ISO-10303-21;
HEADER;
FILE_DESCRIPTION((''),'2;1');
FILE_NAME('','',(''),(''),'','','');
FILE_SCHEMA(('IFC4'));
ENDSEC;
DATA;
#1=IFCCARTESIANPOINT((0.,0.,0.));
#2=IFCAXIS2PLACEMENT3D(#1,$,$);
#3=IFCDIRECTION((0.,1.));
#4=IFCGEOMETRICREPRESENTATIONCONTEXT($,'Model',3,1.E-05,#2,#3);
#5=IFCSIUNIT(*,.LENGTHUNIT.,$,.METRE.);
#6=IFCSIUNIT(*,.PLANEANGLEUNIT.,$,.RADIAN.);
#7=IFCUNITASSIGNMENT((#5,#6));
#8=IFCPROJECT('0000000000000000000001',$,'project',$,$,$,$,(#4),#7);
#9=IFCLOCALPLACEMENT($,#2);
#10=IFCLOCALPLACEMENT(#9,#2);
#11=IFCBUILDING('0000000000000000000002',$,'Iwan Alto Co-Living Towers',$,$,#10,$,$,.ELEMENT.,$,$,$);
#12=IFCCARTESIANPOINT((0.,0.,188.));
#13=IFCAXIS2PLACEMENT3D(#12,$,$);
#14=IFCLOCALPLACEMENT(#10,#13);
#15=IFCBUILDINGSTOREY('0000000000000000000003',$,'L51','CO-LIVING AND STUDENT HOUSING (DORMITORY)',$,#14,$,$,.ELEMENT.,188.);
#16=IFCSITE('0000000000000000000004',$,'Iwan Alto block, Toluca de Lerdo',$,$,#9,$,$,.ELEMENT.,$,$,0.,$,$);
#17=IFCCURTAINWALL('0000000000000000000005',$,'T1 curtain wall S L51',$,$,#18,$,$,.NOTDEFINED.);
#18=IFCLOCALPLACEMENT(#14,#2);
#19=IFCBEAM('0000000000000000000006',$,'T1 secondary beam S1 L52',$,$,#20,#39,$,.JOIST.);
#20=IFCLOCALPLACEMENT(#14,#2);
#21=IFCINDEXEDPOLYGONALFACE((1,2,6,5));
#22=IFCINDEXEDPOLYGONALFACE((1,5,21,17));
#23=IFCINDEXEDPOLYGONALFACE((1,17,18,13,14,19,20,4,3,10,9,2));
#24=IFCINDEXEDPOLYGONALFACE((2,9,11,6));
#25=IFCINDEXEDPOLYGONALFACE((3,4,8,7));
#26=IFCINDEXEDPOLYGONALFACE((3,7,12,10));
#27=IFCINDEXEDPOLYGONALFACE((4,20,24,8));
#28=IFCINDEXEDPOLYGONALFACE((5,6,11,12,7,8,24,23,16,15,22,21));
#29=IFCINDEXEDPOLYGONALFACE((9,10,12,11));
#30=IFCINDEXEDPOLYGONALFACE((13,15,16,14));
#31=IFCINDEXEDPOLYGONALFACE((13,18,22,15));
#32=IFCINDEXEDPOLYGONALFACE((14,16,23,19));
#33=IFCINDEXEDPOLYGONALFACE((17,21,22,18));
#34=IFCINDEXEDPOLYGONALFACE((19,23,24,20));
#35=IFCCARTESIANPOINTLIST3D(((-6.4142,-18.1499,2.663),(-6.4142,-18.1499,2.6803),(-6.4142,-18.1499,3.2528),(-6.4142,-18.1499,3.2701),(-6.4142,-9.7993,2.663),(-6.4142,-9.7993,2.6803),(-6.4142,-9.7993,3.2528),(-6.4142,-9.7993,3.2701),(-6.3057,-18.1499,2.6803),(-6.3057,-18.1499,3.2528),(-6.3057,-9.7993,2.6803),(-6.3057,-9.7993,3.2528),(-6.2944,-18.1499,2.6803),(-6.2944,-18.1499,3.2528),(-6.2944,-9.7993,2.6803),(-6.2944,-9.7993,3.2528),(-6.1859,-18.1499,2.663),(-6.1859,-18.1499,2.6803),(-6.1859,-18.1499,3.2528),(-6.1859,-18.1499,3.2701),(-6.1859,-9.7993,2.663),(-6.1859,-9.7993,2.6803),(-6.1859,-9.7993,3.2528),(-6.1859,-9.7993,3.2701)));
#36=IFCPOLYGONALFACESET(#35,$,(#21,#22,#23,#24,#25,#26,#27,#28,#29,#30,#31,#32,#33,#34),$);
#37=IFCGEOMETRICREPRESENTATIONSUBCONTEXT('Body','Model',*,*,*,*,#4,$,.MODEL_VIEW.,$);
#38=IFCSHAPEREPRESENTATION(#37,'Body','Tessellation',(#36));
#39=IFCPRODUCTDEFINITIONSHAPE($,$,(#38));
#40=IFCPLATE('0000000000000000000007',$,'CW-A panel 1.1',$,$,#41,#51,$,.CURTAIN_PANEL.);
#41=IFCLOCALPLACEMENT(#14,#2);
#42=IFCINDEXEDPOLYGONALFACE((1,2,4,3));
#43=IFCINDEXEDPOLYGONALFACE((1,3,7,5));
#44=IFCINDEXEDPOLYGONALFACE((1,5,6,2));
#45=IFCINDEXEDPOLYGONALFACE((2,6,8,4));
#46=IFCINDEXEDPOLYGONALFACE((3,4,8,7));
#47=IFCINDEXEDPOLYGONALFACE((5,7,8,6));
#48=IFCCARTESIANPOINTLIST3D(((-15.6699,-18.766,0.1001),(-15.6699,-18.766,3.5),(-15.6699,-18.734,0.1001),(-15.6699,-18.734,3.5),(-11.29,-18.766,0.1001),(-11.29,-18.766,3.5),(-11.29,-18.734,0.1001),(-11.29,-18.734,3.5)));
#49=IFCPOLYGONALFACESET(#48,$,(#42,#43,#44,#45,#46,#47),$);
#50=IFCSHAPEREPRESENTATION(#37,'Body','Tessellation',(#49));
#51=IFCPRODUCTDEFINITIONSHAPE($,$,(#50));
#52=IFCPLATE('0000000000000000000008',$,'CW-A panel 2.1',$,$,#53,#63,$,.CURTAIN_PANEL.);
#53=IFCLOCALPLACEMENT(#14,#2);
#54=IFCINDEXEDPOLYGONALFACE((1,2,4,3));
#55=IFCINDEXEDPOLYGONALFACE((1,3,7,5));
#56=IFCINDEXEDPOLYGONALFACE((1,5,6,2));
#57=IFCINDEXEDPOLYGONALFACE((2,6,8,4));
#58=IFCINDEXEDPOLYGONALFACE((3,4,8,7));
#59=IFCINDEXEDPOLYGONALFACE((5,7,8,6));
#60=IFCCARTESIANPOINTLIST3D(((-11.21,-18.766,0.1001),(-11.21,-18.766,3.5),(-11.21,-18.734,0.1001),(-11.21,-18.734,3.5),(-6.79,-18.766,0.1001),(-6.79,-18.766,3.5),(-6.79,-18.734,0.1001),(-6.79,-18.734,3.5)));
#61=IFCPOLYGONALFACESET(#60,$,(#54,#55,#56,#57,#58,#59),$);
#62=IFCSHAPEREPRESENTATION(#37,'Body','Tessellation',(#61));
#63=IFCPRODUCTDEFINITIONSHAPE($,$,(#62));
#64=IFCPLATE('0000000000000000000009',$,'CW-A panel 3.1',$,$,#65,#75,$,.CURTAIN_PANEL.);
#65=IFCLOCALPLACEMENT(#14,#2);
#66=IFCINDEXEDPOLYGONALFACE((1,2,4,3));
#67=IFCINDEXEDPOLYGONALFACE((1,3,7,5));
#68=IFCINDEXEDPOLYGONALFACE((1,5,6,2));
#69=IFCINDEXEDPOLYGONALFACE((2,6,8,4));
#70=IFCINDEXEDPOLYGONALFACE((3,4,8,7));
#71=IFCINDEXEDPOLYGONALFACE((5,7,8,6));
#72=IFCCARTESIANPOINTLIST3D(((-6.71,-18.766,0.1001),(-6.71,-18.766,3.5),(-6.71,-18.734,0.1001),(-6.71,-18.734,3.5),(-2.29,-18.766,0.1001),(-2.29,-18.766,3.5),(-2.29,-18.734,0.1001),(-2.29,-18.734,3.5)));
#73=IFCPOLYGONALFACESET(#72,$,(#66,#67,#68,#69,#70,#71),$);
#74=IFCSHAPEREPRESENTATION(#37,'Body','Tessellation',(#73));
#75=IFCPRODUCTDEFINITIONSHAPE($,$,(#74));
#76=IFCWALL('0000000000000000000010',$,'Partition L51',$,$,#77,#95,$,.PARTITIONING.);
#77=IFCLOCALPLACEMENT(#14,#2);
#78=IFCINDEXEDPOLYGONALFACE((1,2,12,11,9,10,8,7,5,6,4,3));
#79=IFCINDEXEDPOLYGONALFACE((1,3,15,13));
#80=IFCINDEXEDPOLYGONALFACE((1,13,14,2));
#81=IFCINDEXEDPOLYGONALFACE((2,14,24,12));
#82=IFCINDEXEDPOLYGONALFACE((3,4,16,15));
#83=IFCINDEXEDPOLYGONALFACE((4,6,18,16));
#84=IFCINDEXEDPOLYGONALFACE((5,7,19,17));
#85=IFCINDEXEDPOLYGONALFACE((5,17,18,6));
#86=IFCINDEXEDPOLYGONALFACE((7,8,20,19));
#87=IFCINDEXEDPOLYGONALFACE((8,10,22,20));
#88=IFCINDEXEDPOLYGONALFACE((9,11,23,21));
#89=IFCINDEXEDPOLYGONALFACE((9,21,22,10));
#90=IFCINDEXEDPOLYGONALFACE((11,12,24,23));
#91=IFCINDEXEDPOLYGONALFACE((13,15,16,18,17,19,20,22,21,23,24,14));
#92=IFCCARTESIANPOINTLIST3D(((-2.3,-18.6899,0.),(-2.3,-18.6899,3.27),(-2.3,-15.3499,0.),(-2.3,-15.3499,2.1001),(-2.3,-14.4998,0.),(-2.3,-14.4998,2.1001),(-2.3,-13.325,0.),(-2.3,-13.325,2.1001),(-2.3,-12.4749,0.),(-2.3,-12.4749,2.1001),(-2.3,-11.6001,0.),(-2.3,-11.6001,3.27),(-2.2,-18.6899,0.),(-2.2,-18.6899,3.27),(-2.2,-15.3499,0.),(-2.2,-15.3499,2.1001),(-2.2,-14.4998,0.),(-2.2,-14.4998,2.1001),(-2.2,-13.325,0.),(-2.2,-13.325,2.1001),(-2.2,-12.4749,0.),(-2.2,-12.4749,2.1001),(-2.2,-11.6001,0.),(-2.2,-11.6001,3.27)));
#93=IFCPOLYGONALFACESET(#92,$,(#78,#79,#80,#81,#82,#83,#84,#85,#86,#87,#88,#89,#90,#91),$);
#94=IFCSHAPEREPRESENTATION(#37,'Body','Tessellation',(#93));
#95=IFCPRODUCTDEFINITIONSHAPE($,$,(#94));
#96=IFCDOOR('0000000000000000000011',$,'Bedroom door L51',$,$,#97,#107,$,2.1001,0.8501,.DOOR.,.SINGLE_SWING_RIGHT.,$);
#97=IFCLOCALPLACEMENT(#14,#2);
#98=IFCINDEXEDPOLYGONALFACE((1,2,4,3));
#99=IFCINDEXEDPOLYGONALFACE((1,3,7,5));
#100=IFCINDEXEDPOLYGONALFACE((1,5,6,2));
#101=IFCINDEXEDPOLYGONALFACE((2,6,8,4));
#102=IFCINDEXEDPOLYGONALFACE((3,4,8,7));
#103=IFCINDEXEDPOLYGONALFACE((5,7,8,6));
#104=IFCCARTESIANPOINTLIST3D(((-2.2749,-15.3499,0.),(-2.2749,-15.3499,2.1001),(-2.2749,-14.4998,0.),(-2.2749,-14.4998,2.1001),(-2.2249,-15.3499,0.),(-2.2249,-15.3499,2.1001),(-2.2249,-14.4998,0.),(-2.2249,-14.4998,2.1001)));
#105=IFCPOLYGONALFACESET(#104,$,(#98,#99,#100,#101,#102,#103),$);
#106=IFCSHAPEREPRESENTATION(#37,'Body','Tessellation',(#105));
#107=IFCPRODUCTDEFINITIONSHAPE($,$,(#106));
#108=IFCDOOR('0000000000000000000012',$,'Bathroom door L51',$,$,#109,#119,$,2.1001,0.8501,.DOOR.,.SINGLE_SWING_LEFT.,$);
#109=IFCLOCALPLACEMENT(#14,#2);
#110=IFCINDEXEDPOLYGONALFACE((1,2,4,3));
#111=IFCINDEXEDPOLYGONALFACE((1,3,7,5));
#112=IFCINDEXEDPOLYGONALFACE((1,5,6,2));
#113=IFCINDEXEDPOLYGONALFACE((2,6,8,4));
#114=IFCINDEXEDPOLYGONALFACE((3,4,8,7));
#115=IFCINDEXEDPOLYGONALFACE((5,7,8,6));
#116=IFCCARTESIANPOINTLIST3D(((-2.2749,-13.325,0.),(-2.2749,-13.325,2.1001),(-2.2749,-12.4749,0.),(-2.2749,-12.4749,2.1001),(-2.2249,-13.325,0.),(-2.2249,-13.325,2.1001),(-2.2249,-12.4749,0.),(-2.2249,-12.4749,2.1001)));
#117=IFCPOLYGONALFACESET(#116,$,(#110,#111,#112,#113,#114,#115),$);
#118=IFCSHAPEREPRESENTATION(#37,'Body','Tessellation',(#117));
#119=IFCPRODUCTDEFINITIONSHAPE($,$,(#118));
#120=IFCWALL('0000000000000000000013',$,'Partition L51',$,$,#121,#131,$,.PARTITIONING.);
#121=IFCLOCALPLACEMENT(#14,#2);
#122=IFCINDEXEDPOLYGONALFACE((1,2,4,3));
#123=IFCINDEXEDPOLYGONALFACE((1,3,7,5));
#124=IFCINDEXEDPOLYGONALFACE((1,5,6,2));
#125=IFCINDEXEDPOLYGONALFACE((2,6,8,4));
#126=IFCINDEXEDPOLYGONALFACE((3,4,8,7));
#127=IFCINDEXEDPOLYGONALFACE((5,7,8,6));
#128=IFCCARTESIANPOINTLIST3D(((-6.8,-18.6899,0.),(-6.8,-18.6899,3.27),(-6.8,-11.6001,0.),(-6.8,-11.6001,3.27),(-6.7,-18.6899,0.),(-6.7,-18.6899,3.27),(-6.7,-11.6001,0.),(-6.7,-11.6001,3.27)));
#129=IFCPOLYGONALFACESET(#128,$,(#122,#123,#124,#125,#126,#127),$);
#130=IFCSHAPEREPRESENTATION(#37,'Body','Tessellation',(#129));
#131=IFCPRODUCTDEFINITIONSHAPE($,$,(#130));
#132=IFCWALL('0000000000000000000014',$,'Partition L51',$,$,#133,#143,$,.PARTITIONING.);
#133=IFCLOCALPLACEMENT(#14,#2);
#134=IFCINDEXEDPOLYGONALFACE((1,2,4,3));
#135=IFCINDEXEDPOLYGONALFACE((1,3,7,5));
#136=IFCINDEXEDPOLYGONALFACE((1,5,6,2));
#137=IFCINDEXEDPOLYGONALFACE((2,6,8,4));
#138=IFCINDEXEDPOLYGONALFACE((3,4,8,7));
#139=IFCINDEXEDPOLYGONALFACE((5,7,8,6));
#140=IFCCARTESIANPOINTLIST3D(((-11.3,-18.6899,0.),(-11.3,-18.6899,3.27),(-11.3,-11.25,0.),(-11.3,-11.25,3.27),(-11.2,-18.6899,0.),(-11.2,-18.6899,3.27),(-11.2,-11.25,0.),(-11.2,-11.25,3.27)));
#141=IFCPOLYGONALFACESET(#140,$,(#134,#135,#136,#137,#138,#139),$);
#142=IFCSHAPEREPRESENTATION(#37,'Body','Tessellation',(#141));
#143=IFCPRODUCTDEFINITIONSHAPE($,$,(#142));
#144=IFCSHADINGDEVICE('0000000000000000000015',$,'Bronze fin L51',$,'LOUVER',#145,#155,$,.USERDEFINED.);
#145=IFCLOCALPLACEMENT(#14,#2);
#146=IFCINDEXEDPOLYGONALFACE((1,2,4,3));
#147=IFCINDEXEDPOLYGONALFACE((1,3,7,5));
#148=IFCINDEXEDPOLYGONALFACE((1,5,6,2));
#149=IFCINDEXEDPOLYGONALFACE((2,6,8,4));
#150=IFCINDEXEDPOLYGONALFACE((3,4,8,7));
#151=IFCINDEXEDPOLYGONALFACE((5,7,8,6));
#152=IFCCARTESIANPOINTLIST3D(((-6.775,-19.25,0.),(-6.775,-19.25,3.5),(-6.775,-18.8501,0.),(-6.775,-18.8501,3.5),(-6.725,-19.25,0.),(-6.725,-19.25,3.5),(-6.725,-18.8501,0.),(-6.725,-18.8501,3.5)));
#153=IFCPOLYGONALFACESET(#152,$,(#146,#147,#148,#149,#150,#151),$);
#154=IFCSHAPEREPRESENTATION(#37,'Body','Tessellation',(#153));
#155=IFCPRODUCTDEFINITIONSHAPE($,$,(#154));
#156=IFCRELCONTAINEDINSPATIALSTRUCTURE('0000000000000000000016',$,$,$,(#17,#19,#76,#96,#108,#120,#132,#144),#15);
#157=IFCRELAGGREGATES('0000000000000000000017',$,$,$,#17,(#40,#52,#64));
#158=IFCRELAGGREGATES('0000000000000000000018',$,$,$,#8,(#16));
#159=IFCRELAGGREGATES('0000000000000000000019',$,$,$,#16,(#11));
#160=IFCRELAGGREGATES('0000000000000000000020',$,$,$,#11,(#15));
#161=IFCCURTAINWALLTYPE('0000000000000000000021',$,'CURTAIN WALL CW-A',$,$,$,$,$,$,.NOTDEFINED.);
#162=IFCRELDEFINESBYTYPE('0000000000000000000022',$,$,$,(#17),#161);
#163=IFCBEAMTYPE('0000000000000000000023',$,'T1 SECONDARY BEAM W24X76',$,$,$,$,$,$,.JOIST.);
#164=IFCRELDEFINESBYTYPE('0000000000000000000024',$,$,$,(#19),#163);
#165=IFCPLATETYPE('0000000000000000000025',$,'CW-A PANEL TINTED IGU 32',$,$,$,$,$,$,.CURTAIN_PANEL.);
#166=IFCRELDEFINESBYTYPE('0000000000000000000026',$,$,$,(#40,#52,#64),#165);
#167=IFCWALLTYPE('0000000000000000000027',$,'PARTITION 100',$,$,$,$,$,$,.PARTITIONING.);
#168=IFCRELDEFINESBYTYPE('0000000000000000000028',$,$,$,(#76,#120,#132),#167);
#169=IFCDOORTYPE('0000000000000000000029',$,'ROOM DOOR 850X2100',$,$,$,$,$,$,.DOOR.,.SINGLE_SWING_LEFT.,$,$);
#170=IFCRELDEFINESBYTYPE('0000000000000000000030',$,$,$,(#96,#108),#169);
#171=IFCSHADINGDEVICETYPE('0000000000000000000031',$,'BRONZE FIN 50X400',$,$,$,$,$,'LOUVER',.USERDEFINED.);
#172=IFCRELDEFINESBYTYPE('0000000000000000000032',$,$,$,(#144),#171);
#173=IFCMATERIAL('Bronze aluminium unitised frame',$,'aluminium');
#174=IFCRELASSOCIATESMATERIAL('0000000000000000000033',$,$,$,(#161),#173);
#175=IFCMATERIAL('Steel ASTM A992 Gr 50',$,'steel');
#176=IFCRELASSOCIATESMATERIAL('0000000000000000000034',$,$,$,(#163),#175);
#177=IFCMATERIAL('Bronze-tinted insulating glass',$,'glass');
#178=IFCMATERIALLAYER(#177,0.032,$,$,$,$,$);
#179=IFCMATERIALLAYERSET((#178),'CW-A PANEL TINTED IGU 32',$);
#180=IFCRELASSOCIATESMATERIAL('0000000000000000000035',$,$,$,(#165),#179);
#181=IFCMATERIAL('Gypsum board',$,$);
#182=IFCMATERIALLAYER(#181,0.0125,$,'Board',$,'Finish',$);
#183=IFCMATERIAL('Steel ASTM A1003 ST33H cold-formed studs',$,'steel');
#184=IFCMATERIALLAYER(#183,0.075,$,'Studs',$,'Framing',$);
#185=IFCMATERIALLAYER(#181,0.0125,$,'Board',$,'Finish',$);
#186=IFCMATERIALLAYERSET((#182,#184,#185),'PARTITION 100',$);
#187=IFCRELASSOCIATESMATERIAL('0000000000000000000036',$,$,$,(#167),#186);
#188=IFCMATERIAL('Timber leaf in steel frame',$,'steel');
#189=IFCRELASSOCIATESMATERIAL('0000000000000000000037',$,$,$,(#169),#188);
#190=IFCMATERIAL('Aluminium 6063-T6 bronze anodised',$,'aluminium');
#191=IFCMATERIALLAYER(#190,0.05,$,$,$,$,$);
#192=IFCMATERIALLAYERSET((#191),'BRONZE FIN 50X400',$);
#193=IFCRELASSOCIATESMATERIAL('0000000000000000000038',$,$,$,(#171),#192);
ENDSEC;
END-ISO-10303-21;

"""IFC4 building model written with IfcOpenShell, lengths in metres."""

from ifc_helpers import new_model, si_unit, direction, frame, frame_2d, origin, origin_2d, place, context, subcontext, project, spatial, rectangle, i_section, extrude, material, layer, layer_set, material_profile, profile_set, type_object, element, fill, aggregate, save


model = new_model("IFC4")

# Units and contexts
model_context = context("Model", 3, precision=1e-05, world=origin(), true_north=direction((0.0, 1.0)))
body_context = subcontext(model_context, "Body", "Model", "MODEL_VIEW")
ifc_project = project(units=[si_unit("LENGTHUNIT", "METRE"), si_unit("PLANEANGLEUNIT", "RADIAN")], contexts=[model_context])

# Site, building, storey
site_placement = place(None, origin())
site = spatial("IfcSite", under=ifc_project, at=site_placement, Name="Iwan Alto block, Toluca de Lerdo", CompositionType="ELEMENT", RefElevation=0.0)
building_placement = place(site_placement, origin())
building = spatial("IfcBuilding", under=site, at=building_placement, Name="Iwan Alto Co-Living Towers", CompositionType="ELEMENT")
storey_placement = place(building_placement, frame((0.0, 0.0, 188.0)))
storey = spatial("IfcBuildingStorey", under=building, at=storey_placement, Name="L51", Description="CO-LIVING AND STUDENT HOUSING (DORMITORY)", CompositionType="ELEMENT", Elevation=188.0)

# Curtain wall
ifc_material_1 = material(Name="Bronze aluminium unitised frame", Category="aluminium")
curtain_wall_type = type_object("IfcCurtainWallType", Name="CURTAIN WALL CW-A", PredefinedType="NOTDEFINED", material=ifc_material_1)
curtain_wall_placement = place(storey_placement, origin())
curtain_wall = element("IfcCurtainWall", 1, at=curtain_wall_placement, inside=storey, type_object=curtain_wall_type, Name="T1 curtain wall S L51", PredefinedType="NOTDEFINED")

# Beam
ifc_material_2 = material(Name="Steel ASTM A992 Gr 50", Category="steel")
ifc_material_profile_1 = material_profile(ifc_material_2, i_section(OverallWidth=0.2283, OverallDepth=0.6072, WebThickness=0.0112, FlangeThickness=0.0173, at=origin_2d()), Name="W24X76")
ifc_profile_set_1 = profile_set([ifc_material_profile_1], Name="Steel ASTM A992 Gr 50")
beam_type_1 = type_object("IfcBeamType", Name="T1 SECONDARY BEAM W24X76", PredefinedType="JOIST", material=ifc_profile_set_1)
beam_1_placement = place(storey_placement, frame((-6.3, -18.1499, 2.9666), z_axis=(0.0, 1.0, 0.0), x_axis=(-1.0, 0.0, 0.0)))
element("IfcBeam", 2, at=beam_1_placement, inside=storey, type_object=beam_type_1, Name="T1 secondary beam S1 L52", PredefinedType="JOIST", context=body_context, shape_type="SweptSolid", body=[
    extrude(i_section(OverallWidth=0.2283, OverallDepth=0.6072, WebThickness=0.0112, FlangeThickness=0.0173, at=origin_2d()), origin(), (0.0, 0.0, 1.0), 8.3506),
])

# Plates
ifc_material_3 = material(Name="Bronze-tinted insulating glass", Category="glass")
ifc_layer_1 = layer(ifc_material_3, 0.032)
ifc_layer_set_1 = layer_set([ifc_layer_1], Name="CW-A PANEL TINTED IGU 32")
plate_type = type_object("IfcPlateType", Name="CW-A PANEL TINTED IGU 32", PredefinedType="CURTAIN_PANEL", material=ifc_layer_set_1)
plate_1_placement = place(storey_placement, frame((-13.48, -18.75, 0.1001), z_axis=(0.0, 0.0, 1.0), x_axis=(1.0, 0.0, 0.0)))
plate_1 = element("IfcPlate", 3, at=plate_1_placement, type_object=plate_type, Name="CW-A panel 1.1", PredefinedType="CURTAIN_PANEL", context=body_context, shape_type="SweptSolid", body=[
    extrude(rectangle(XDim=4.3799, YDim=0.032, at=origin_2d()), origin(), (0.0, 0.0, 1.0), 3.3999),
])
plate_2_placement = place(storey_placement, frame((-9.0, -18.75, 0.1001), z_axis=(0.0, 0.0, 1.0), x_axis=(1.0, 0.0, 0.0)))
plate_2 = element("IfcPlate", 4, at=plate_2_placement, type_object=plate_type, Name="CW-A panel 2.1", PredefinedType="CURTAIN_PANEL", context=body_context, shape_type="SweptSolid", body=[
    extrude(rectangle(XDim=4.4199, YDim=0.032, at=origin_2d()), origin(), (0.0, 0.0, 1.0), 3.3999),
])
plate_3_placement = place(storey_placement, frame((-4.5, -18.75, 0.1001), z_axis=(0.0, 0.0, 1.0), x_axis=(1.0, 0.0, 0.0)))
plate_3 = element("IfcPlate", 5, at=plate_3_placement, type_object=plate_type, Name="CW-A panel 3.1", PredefinedType="CURTAIN_PANEL", context=body_context, shape_type="SweptSolid", body=[
    extrude(rectangle(XDim=4.4199, YDim=0.032, at=origin_2d()), origin(), (0.0, 0.0, 1.0), 3.3999),
])
aggregate(curtain_wall, [plate_1, plate_2, plate_3])

# Wall, openings, doors
ifc_material_4 = material(Name="Gypsum board")
ifc_layer_2 = layer(ifc_material_4, 0.0125, Name="Board", Category="Finish")
ifc_material_5 = material(Name="Steel ASTM A1003 ST33H cold-formed studs", Category="steel")
ifc_layer_3 = layer(ifc_material_5, 0.075, Name="Studs", Category="Framing")
ifc_layer_4 = layer(ifc_material_4, 0.0125, Name="Board", Category="Finish")
ifc_layer_set_2 = layer_set([ifc_layer_2, ifc_layer_3, ifc_layer_4], Name="PARTITION 100")
wall_type = type_object("IfcWallType", Name="PARTITION 100", PredefinedType="PARTITIONING", material=ifc_layer_set_2)
wall_1_placement = place(storey_placement, frame((-2.25, -18.6899, 0.0), z_axis=(0.0, 0.0, 1.0), x_axis=(0.0, 1.0, 0.0)))
wall_1 = element("IfcWall", 6, at=wall_1_placement, inside=storey, type_object=wall_type, Name="Partition L51", PredefinedType="PARTITIONING", context=body_context, shape_type="SweptSolid", body=[
    extrude(rectangle(XDim=7.0898, YDim=0.1001, at=frame_2d((3.5449, 0.0))), origin(), (0.0, 0.0, 1.0), 3.27),
])
opening_1_placement = place(wall_1_placement, frame((3.3401, 0.0, 0.0)))
opening_1 = element("IfcOpeningElement", 7, at=opening_1_placement, cuts=wall_1, PredefinedType="OPENING", context=body_context, shape_type="SweptSolid", body=[
    extrude(rectangle(XDim=0.8501, YDim=2.1001, at=frame_2d((0.425, 1.05))), frame((0.0, 0.0601, 0.0), z_axis=(0.0, -1.0, 0.0), x_axis=(1.0, 0.0, 0.0)), (0.0, 0.0, 1.0), 0.1201),
])
opening_2_placement = place(wall_1_placement, frame((5.365, 0.0, 0.0)))
opening_2 = element("IfcOpeningElement", 8, at=opening_2_placement, cuts=wall_1, PredefinedType="OPENING", context=body_context, shape_type="SweptSolid", body=[
    extrude(rectangle(XDim=0.8501, YDim=2.1001, at=frame_2d((0.425, 1.05))), frame((0.0, 0.0601, 0.0), z_axis=(0.0, -1.0, 0.0), x_axis=(1.0, 0.0, 0.0)), (0.0, 0.0, 1.0), 0.1201),
])
ifc_material_6 = material(Name="Timber leaf in steel frame", Category="steel")
door_type = type_object("IfcDoorType", Name="ROOM DOOR 850X2100", OperationType="SINGLE_SWING_LEFT", PredefinedType="DOOR", material=ifc_material_6)
door_1_placement = place(opening_1_placement, origin())
door_1 = element("IfcDoor", 9, at=door_1_placement, inside=storey, type_object=door_type, Name="Bedroom door L51", OperationType="SINGLE_SWING_RIGHT", OverallHeight=2.1001, OverallWidth=0.8501, PredefinedType="DOOR", context=body_context, shape_type="SweptSolid", body=[
    extrude(rectangle(XDim=0.8501, YDim=2.1001, at=frame_2d((0.425, 1.05))), frame((0.0, 0.0249, 0.0), z_axis=(0.0, -1.0, 0.0), x_axis=(1.0, 0.0, 0.0)), (0.0, 0.0, 1.0), 0.05),
])
fill(opening_1, door_1)
door_2_placement = place(opening_2_placement, origin())
door_2 = element("IfcDoor", 10, at=door_2_placement, inside=storey, type_object=door_type, Name="Bathroom door L51", OperationType="SINGLE_SWING_LEFT", OverallHeight=2.1001, OverallWidth=0.8501, PredefinedType="DOOR", context=body_context, shape_type="SweptSolid", body=[
    extrude(rectangle(XDim=0.8501, YDim=2.1001, at=frame_2d((0.425, 1.05))), frame((0.0, 0.0249, 0.0), z_axis=(0.0, -1.0, 0.0), x_axis=(1.0, 0.0, 0.0)), (0.0, 0.0, 1.0), 0.05),
])
fill(opening_2, door_2)

# Walls
wall_2_placement = place(storey_placement, frame((-6.75, -18.6899, 0.0), z_axis=(0.0, 0.0, 1.0), x_axis=(0.0, 1.0, 0.0)))
element("IfcWall", 11, at=wall_2_placement, inside=storey, type_object=wall_type, Name="Partition L51", PredefinedType="PARTITIONING", context=body_context, shape_type="SweptSolid", body=[
    extrude(rectangle(XDim=7.0898, YDim=0.1001, at=frame_2d((3.5449, 0.0))), origin(), (0.0, 0.0, 1.0), 3.27),
])
wall_3_placement = place(storey_placement, frame((-11.25, -18.6899, 0.0), z_axis=(0.0, 0.0, 1.0), x_axis=(0.0, 1.0, 0.0)))
element("IfcWall", 12, at=wall_3_placement, inside=storey, type_object=wall_type, Name="Partition L51", PredefinedType="PARTITIONING", context=body_context, shape_type="SweptSolid", body=[
    extrude(rectangle(XDim=7.4399, YDim=0.1001, at=frame_2d((3.72, 0.0))), origin(), (0.0, 0.0, 1.0), 3.27),
])

# Shading device
ifc_material_7 = material(Name="Aluminium 6063-T6 bronze anodised", Category="aluminium")
ifc_layer_5 = layer(ifc_material_7, 0.05)
ifc_layer_set_3 = layer_set([ifc_layer_5], Name="BRONZE FIN 50X400")
shading_device_type = type_object("IfcShadingDeviceType", Name="BRONZE FIN 50X400", ElementType="LOUVER", PredefinedType="USERDEFINED", material=ifc_layer_set_3)
shading_device_placement = place(storey_placement, frame((-6.75, -19.05, 0.0), z_axis=(0.0, 0.0, 1.0), x_axis=(1.0, 0.0, 0.0)))
element("IfcShadingDevice", 13, at=shading_device_placement, inside=storey, type_object=shading_device_type, Name="Bronze fin L51", ObjectType="LOUVER", PredefinedType="USERDEFINED", context=body_context, shape_type="SweptSolid", body=[
    extrude(rectangle(XDim=0.05, YDim=0.3999, at=origin_2d()), origin(), (0.0, 0.0, 1.0), 3.5),
])

save(model, "model.ifc")
